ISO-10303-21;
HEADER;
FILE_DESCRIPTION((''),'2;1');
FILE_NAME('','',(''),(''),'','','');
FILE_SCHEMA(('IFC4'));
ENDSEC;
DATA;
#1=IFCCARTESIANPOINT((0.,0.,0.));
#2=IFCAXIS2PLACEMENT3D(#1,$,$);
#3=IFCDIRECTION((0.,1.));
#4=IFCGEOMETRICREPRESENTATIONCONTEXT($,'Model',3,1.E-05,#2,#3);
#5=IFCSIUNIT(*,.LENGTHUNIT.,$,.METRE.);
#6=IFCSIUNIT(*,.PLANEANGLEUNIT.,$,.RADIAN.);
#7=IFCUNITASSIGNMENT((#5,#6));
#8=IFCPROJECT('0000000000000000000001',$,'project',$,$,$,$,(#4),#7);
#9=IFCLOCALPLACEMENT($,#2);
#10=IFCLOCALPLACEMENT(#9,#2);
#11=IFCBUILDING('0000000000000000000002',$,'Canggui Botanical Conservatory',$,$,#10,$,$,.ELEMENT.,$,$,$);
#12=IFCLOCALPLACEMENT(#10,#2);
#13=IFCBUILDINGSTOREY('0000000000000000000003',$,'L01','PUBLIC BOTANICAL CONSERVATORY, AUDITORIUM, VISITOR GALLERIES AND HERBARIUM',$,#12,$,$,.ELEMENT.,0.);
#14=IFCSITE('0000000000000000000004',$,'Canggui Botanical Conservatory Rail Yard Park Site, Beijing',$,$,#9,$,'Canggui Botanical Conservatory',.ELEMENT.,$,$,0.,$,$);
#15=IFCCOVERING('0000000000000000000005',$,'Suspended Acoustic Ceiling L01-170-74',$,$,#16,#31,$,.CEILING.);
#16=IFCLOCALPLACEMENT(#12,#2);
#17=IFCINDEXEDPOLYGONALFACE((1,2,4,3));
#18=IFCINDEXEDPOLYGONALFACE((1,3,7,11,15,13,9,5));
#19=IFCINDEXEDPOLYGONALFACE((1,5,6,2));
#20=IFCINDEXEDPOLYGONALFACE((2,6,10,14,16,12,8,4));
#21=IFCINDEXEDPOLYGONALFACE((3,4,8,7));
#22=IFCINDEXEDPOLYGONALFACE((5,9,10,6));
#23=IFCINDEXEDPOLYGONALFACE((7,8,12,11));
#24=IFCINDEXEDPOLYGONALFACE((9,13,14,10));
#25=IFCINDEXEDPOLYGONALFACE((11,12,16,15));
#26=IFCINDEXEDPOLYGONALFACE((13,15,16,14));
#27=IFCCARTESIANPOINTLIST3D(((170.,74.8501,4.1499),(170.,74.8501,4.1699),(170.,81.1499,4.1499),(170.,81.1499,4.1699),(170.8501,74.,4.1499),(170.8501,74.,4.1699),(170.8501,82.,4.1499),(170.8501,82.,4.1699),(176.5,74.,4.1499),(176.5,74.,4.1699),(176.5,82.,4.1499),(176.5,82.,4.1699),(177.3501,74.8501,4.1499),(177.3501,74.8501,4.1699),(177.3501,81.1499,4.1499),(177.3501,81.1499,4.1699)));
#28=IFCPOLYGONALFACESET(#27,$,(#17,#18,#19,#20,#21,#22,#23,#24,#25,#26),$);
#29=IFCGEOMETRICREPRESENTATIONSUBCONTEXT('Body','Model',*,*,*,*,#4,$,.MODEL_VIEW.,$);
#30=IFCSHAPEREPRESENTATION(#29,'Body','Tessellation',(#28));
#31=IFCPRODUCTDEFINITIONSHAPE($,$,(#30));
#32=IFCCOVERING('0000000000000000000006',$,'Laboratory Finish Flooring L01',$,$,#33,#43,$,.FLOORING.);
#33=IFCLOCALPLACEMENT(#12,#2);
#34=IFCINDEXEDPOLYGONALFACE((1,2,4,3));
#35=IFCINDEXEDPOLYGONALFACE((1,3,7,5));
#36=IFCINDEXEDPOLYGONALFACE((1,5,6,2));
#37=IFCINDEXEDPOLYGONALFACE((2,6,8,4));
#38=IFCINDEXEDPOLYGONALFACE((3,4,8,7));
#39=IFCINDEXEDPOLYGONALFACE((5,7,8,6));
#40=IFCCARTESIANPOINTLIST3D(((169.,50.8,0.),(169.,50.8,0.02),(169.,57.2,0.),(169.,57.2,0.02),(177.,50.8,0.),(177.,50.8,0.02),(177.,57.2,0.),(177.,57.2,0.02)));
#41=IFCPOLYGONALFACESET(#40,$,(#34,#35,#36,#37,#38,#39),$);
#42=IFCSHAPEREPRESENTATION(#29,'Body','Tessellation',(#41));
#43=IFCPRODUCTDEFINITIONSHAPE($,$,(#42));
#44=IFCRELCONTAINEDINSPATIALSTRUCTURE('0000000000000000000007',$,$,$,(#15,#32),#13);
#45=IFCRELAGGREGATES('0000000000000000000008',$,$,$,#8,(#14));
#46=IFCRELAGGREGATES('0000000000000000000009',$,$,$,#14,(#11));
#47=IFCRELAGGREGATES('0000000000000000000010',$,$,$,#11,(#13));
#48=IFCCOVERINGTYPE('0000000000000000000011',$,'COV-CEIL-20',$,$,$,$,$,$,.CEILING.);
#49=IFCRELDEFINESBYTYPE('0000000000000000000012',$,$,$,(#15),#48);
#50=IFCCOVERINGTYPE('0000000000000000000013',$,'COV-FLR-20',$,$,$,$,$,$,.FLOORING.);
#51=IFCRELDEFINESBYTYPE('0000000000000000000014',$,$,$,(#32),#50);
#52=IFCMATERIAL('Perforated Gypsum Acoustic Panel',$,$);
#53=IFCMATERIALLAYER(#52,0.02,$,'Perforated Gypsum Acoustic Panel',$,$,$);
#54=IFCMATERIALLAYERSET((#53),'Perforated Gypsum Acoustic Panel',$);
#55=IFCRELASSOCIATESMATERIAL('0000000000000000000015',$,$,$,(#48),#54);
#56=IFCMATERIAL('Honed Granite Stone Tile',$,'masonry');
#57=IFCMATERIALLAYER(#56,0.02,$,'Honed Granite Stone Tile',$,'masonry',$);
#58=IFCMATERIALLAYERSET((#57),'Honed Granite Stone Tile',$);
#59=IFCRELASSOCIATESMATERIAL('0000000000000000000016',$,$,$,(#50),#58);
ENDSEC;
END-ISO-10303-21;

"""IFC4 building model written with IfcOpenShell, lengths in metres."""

from ifc_helpers import new_model, si_unit, direction, frame, origin, place, context, subcontext, project, spatial, polyline, outline, extrude, material, layer, layer_set, type_object, element, save


model = new_model("IFC4")

# Units and contexts
model_context = context("Model", 3, precision=1e-05, world=origin(), true_north=direction((0.0, 1.0)))
body_context = subcontext(model_context, "Body", "Model", "MODEL_VIEW")
ifc_project = project(units=[si_unit("LENGTHUNIT", "METRE"), si_unit("PLANEANGLEUNIT", "RADIAN")], contexts=[model_context])

# Site, building, storey
site_placement = place(None, origin())
site = spatial("IfcSite", under=ifc_project, at=site_placement, Name="Canggui Botanical Conservatory Rail Yard Park Site, Beijing", LongName="Canggui Botanical Conservatory", CompositionType="ELEMENT", RefElevation=0.0)
building_placement = place(site_placement, origin())
building = spatial("IfcBuilding", under=site, at=building_placement, Name="Canggui Botanical Conservatory", CompositionType="ELEMENT")
storey_placement = place(building_placement, origin())
storey = spatial("IfcBuildingStorey", under=building, at=storey_placement, Name="L01", Description="PUBLIC BOTANICAL CONSERVATORY, AUDITORIUM, VISITOR GALLERIES AND HERBARIUM", CompositionType="ELEMENT", Elevation=0.0)

# Coverings
ifc_material_1 = material(Name="Perforated Gypsum Acoustic Panel")
ifc_layer_1 = layer(ifc_material_1, 0.02, Name="Perforated Gypsum Acoustic Panel")
ifc_layer_set_1 = layer_set([ifc_layer_1], Name="Perforated Gypsum Acoustic Panel")
covering_type_1 = type_object("IfcCoveringType", Name="COV-CEIL-20", PredefinedType="CEILING", material=ifc_layer_set_1)
covering_1_placement = place(storey_placement, frame((0.0, 0.0, 4.1499)))
element("IfcCovering", 1, at=covering_1_placement, inside=storey, type_object=covering_type_1, Name="Suspended Acoustic Ceiling L01-170-74", PredefinedType="CEILING", context=body_context, shape_type="SweptSolid", body=[
    extrude(outline(polyline([(170.8501, 74.0), (176.5, 74.0), (177.3501, 74.8501), (177.3501, 81.1499), (176.5, 82.0), (170.8501, 82.0), (170.0, 81.1499), (170.0, 74.8501), (170.8501, 74.0)])), origin(), (0.0, 0.0, 1.0), 0.02),
])
ifc_material_2 = material(Name="Honed Granite Stone Tile", Category="masonry")
ifc_layer_2 = layer(ifc_material_2, 0.02, Name="Honed Granite Stone Tile", Category="masonry")
ifc_layer_set_2 = layer_set([ifc_layer_2], Name="Honed Granite Stone Tile")
covering_type_2 = type_object("IfcCoveringType", Name="COV-FLR-20", PredefinedType="FLOORING", material=ifc_layer_set_2)
covering_2_placement = place(storey_placement, origin())
element("IfcCovering", 2, at=covering_2_placement, inside=storey, type_object=covering_type_2, Name="Laboratory Finish Flooring L01", PredefinedType="FLOORING", context=body_context, shape_type="SweptSolid", body=[
    extrude(outline(polyline([(169.0, 50.8), (177.0, 50.8), (177.0, 57.2), (169.0, 57.2), (169.0, 50.8)])), origin(), (0.0, 0.0, 1.0), 0.02),
])

save(model, "model.ifc")
